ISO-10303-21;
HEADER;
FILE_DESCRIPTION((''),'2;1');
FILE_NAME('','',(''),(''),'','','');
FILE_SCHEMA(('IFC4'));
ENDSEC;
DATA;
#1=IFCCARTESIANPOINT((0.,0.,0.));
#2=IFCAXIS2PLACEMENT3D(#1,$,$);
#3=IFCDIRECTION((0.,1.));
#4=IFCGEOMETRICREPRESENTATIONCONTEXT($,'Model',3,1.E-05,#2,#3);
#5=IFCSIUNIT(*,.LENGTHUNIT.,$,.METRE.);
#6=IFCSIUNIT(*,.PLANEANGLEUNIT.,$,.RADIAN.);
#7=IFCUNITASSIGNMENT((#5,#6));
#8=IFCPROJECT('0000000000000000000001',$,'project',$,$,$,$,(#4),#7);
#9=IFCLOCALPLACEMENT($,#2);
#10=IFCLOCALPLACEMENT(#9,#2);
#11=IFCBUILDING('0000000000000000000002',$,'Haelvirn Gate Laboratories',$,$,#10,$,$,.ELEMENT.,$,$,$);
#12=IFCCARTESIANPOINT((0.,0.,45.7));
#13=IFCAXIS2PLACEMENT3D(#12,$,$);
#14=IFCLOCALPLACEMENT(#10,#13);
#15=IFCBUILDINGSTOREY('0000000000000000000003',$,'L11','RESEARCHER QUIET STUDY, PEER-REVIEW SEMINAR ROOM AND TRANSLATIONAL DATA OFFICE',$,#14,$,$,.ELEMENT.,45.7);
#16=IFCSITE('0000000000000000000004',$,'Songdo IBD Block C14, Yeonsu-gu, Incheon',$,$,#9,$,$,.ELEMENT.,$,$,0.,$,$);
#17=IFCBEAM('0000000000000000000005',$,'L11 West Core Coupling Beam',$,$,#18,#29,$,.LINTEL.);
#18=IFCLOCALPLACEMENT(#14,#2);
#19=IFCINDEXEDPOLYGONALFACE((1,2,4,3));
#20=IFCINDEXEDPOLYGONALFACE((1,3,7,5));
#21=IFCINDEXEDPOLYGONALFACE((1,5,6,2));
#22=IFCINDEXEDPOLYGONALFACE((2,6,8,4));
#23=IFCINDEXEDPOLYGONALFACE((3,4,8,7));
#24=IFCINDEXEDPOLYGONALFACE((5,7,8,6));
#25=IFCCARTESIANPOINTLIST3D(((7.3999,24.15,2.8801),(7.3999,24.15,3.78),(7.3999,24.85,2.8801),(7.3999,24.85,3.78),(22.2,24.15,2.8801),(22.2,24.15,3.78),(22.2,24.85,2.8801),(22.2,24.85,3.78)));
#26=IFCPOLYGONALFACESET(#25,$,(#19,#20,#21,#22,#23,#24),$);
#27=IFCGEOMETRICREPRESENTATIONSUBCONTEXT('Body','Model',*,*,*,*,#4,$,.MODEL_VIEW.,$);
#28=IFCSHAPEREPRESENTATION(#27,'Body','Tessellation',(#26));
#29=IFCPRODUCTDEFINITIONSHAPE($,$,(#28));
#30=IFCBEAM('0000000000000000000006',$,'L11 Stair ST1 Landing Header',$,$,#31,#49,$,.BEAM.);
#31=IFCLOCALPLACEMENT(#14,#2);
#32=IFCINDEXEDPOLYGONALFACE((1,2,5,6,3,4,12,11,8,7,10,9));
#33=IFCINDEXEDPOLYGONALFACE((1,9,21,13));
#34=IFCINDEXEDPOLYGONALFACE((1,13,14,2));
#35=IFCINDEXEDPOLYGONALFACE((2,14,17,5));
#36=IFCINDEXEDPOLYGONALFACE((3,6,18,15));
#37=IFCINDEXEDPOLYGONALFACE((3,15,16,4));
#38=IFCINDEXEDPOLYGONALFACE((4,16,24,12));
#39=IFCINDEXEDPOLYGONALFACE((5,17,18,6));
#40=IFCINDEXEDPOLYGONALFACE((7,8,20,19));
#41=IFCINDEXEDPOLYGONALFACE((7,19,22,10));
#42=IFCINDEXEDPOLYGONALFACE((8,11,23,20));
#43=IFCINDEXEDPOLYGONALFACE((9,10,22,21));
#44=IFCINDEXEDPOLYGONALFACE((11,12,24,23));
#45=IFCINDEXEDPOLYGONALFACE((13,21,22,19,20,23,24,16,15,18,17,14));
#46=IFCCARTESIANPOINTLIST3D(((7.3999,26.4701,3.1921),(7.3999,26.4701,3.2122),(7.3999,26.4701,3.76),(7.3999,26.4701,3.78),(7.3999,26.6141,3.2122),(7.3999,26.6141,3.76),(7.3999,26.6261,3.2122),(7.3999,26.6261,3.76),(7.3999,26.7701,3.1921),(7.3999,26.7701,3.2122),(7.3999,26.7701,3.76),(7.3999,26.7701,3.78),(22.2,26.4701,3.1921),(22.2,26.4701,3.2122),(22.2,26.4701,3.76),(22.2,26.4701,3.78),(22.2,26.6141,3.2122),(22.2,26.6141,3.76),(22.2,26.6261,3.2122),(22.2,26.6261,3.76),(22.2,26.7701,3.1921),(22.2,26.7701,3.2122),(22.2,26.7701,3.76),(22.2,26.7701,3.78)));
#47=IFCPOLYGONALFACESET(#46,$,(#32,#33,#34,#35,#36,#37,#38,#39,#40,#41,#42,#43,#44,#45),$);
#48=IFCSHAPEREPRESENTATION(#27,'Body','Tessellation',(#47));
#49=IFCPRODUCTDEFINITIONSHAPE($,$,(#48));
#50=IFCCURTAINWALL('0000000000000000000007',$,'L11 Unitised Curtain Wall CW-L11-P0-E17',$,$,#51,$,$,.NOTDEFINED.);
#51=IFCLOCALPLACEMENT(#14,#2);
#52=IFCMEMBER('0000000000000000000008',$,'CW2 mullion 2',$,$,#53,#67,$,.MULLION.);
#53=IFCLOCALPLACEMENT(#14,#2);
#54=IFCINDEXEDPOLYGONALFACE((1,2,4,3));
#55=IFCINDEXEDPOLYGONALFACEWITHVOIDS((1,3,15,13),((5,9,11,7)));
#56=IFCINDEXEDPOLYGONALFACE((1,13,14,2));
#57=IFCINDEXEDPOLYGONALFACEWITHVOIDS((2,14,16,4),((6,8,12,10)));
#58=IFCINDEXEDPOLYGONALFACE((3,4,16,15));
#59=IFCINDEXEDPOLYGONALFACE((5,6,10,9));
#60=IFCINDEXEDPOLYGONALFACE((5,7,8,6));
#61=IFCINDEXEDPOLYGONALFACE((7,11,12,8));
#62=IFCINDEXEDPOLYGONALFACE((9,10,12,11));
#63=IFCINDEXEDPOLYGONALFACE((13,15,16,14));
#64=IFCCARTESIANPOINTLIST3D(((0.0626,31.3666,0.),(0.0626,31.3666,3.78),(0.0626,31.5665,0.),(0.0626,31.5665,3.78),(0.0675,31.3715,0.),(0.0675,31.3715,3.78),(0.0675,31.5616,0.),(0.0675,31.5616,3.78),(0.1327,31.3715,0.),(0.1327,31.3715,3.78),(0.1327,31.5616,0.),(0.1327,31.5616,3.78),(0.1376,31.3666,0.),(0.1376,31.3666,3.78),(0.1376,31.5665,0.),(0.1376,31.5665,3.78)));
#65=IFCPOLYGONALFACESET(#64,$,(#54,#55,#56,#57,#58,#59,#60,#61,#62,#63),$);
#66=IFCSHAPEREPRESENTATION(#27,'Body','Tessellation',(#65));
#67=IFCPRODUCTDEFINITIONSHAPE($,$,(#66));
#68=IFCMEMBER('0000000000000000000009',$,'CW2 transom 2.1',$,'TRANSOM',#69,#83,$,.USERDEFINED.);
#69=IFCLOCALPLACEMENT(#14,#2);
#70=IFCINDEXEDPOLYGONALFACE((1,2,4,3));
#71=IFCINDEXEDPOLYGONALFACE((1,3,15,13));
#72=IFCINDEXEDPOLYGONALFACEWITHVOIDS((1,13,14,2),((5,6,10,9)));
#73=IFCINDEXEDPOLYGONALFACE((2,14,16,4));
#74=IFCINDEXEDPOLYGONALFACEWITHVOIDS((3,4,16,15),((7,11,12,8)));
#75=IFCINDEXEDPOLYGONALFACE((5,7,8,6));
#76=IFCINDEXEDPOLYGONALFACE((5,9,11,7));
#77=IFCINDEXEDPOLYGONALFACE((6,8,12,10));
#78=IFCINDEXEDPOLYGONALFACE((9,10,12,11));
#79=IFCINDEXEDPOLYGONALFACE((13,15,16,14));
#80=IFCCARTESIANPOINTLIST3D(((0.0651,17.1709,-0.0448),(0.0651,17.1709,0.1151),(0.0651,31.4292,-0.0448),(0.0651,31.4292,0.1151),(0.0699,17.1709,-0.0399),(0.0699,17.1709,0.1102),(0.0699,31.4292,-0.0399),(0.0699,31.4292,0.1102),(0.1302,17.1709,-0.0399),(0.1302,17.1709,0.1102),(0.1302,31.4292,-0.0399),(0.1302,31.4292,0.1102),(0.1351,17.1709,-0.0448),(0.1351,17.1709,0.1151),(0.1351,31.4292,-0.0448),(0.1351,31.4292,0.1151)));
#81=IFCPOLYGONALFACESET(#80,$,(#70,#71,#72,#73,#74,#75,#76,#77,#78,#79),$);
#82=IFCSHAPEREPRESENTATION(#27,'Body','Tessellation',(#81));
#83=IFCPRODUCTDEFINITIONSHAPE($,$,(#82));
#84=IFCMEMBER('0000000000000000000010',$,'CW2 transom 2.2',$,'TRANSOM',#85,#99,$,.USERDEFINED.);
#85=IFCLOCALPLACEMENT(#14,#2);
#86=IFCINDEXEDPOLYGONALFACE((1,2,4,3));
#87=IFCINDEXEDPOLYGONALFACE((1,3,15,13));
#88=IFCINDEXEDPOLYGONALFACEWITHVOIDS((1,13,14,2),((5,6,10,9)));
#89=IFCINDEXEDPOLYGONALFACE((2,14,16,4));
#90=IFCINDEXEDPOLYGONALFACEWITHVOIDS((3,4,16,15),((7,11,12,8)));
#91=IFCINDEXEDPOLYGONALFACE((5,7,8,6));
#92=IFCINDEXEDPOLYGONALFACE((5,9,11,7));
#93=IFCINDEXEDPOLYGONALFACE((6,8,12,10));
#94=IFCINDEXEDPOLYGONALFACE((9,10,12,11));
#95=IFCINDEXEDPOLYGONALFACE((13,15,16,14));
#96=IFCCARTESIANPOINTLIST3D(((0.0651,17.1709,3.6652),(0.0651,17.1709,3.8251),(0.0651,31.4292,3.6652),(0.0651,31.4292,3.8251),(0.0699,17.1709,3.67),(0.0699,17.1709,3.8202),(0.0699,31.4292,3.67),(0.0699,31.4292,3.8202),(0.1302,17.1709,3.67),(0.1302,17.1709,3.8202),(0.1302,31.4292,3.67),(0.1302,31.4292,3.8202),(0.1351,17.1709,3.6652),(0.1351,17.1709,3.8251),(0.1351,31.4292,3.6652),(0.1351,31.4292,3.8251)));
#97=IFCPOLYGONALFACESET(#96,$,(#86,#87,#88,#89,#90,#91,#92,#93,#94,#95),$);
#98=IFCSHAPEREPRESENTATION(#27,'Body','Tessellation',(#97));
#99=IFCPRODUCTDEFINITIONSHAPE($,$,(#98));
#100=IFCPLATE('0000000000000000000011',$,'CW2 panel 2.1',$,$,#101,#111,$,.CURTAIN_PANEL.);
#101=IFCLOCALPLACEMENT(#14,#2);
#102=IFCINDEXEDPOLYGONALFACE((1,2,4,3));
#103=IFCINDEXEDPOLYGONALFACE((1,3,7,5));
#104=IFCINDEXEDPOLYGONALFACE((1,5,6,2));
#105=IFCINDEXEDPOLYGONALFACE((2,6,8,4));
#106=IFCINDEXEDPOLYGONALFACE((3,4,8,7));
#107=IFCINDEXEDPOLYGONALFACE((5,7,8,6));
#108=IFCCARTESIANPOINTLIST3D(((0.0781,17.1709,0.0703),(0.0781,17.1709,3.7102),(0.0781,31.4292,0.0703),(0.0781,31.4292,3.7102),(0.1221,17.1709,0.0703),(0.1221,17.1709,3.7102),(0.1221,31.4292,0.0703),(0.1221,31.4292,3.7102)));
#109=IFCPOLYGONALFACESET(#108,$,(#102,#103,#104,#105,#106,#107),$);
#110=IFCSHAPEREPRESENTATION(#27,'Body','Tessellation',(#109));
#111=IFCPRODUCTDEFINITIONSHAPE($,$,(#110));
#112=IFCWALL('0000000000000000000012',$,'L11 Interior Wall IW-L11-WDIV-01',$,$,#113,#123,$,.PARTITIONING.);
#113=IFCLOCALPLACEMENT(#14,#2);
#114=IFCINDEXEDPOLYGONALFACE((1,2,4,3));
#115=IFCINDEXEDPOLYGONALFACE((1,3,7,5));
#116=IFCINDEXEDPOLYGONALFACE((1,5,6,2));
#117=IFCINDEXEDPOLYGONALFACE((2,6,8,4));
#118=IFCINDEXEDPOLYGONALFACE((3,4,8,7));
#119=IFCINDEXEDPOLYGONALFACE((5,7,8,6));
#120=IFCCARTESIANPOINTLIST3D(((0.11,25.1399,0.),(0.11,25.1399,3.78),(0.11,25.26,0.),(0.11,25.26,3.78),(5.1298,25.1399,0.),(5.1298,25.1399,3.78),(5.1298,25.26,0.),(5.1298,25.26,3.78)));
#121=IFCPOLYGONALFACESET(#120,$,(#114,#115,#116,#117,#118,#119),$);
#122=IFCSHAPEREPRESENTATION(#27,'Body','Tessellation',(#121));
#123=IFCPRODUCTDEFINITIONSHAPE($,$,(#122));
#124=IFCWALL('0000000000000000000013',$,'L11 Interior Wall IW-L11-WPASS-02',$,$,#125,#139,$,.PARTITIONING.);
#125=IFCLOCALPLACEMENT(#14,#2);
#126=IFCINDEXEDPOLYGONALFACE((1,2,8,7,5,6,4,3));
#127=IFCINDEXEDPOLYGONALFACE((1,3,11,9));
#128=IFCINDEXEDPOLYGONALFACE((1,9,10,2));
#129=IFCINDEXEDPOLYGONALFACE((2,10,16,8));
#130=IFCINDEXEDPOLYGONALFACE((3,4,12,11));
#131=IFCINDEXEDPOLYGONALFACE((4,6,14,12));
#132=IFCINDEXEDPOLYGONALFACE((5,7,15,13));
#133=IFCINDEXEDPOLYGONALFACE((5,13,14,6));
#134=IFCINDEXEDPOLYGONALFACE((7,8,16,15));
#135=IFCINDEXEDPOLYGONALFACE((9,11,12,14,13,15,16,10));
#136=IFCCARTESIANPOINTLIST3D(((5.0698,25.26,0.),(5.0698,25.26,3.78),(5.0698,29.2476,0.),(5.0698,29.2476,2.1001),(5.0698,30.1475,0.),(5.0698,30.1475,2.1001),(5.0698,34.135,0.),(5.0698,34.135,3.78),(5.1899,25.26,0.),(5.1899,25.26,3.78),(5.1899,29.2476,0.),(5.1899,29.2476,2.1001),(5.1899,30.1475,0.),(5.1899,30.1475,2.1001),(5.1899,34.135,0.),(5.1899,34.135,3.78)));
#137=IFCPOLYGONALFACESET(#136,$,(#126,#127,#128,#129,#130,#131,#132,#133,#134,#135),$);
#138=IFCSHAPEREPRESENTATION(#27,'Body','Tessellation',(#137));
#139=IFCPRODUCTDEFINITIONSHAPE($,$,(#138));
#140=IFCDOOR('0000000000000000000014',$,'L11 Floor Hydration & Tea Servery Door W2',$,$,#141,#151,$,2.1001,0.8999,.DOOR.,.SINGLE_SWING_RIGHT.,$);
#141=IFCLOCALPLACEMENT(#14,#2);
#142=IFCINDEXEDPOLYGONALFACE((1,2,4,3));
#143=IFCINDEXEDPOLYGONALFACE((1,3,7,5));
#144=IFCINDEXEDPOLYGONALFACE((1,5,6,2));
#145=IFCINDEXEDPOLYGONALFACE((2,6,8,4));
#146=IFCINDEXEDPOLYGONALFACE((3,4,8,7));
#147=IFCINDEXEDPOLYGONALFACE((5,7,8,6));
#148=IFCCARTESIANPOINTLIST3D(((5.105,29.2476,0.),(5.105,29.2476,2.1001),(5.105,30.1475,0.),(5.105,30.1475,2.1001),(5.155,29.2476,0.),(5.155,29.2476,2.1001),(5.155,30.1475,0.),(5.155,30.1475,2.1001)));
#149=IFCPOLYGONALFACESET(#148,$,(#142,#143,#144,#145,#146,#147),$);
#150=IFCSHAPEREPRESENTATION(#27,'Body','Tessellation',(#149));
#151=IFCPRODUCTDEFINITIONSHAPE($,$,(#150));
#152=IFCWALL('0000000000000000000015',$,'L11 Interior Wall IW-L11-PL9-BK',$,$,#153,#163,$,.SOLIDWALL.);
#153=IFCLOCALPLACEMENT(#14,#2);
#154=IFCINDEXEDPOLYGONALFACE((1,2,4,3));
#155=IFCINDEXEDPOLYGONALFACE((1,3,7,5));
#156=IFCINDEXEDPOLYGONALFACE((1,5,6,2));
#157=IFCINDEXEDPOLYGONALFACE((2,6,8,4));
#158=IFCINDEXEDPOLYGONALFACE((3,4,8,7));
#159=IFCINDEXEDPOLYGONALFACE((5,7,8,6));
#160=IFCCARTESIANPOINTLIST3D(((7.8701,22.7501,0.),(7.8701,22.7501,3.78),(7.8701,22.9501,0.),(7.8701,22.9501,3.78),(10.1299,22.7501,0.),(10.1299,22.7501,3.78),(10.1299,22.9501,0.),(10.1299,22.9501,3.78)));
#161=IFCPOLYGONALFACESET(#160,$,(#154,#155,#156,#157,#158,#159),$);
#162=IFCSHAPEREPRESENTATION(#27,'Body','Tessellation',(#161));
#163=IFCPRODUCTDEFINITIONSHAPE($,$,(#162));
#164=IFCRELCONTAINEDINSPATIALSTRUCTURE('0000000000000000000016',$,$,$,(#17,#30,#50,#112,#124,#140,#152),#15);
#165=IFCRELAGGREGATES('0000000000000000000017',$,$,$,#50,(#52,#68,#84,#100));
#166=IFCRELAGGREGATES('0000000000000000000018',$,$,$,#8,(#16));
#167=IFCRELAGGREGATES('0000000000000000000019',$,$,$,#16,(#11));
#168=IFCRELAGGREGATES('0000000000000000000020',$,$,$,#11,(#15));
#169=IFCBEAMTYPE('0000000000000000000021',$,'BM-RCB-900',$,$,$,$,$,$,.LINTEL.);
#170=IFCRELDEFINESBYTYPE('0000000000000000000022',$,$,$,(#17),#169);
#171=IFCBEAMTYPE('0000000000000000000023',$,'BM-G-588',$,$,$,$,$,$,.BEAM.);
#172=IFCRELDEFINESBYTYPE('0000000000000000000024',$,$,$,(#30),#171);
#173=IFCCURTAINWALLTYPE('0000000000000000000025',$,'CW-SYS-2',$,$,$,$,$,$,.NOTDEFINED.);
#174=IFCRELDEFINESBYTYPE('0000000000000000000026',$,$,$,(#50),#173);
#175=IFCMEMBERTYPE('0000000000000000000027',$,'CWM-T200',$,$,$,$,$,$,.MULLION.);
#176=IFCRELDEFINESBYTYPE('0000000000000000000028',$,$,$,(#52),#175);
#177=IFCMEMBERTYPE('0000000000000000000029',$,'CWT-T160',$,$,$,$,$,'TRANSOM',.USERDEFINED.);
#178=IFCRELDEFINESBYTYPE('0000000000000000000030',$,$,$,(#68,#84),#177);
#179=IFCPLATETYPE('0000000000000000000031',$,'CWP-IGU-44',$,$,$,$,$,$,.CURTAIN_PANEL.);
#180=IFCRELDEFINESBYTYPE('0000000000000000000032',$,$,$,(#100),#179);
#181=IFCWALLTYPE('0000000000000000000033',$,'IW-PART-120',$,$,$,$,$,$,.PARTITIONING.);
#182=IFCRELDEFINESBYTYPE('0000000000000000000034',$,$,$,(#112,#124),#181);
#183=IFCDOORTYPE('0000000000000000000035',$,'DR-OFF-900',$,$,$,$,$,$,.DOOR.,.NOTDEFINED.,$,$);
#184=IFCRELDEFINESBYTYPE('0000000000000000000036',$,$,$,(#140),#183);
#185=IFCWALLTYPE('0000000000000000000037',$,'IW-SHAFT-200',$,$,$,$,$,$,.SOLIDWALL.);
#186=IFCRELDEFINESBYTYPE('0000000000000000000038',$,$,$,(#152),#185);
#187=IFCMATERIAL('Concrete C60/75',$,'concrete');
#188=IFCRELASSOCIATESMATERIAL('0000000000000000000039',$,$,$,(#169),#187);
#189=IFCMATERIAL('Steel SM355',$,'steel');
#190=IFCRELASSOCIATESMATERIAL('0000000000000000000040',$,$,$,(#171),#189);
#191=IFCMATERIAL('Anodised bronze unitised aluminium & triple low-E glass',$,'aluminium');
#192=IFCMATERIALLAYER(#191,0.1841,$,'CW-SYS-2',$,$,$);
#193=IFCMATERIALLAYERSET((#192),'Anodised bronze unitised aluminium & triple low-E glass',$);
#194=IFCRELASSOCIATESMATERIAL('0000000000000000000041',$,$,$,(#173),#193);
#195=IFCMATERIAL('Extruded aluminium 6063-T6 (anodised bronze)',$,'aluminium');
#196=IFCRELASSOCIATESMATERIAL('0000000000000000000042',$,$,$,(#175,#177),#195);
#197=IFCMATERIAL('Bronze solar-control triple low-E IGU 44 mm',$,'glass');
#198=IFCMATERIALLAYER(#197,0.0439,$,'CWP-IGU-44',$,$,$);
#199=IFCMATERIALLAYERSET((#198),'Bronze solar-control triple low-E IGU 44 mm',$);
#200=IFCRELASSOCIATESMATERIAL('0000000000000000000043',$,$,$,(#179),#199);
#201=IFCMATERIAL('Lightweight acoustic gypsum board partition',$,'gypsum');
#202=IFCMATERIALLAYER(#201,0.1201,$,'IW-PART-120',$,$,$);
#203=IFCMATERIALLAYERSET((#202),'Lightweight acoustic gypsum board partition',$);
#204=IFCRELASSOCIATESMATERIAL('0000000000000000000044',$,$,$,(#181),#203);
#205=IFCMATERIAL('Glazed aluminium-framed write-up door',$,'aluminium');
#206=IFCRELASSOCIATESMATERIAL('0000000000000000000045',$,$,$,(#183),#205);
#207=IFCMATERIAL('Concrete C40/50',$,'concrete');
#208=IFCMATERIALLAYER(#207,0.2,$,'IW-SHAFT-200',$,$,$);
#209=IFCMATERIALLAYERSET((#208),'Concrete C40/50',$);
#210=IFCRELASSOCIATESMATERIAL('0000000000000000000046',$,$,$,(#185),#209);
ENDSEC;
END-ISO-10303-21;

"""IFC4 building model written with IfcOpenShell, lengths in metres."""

from ifc_helpers import new_model, si_unit, direction, frame, frame_2d, origin, origin_2d, place, context, subcontext, project, spatial, rectangle, hollow_rectangle, i_section, extrude, source, transform, mapped, material, layer, layer_set, material_profile, profile_set, type_object, type_shapes, element, fill, aggregate, save


model = new_model("IFC4")

# Units and contexts
model_context = context("Model", 3, precision=1e-05, world=origin(), true_north=direction((0.0, 1.0)))
body_context = subcontext(model_context, "Body", "Model", "MODEL_VIEW")
ifc_project = project(units=[si_unit("LENGTHUNIT", "METRE"), si_unit("PLANEANGLEUNIT", "RADIAN")], contexts=[model_context])

# Site, building, storey
site_placement = place(None, origin())
site = spatial("IfcSite", under=ifc_project, at=site_placement, Name="Songdo IBD Block C14, Yeonsu-gu, Incheon", CompositionType="ELEMENT", RefElevation=0.0)
building_placement = place(site_placement, origin())
building = spatial("IfcBuilding", under=site, at=building_placement, Name="Haelvirn Gate Laboratories", CompositionType="ELEMENT")
storey_placement = place(building_placement, frame((0.0, 0.0, 45.7)))
storey = spatial("IfcBuildingStorey", under=building, at=storey_placement, Name="L11", Description="RESEARCHER QUIET STUDY, PEER-REVIEW SEMINAR ROOM AND TRANSLATIONAL DATA OFFICE", CompositionType="ELEMENT", Elevation=45.7)

# Beams
ifc_material_1 = material(Name="Concrete C60/75", Category="concrete")
ifc_material_profile_1 = material_profile(ifc_material_1, rectangle(XDim=0.7, YDim=0.8999, at=origin_2d()), Name="RCB-700x900")
ifc_profile_set_1 = profile_set([ifc_material_profile_1], Name="Concrete C60/75")
beam_type_1 = type_object("IfcBeamType", Name="BM-RCB-900", PredefinedType="LINTEL", material=ifc_profile_set_1)
shared_shape_1 = source(origin(), body_context, "Body", "SweptSolid", [
    extrude(rectangle(XDim=0.7, YDim=0.8999, at=origin_2d()), origin(), (0.0, 0.0, 1.0), 14.8),
])
type_shapes(beam_type_1, [shared_shape_1])
beam_1_placement = place(storey_placement, frame((7.3999, 24.5, 3.3301), z_axis=(1.0, 0.0, 0.0), x_axis=(0.0, 1.0, 0.0)))
element("IfcBeam", 1, at=beam_1_placement, inside=storey, type_object=beam_type_1, Name="L11 West Core Coupling Beam", PredefinedType="LINTEL", context=body_context, shape_type="MappedRepresentation", body=[
    mapped(shared_shape_1, transform((0.0, 0.0, 0.0), scale=1.0)),
])
ifc_material_2 = material(Name="Steel SM355", Category="steel")
ifc_material_profile_2 = material_profile(ifc_material_2, i_section(OverallWidth=0.3, OverallDepth=0.5879, WebThickness=0.012, FlangeThickness=0.02, at=origin_2d()), Name="H-588x300x12x20")
ifc_profile_set_2 = profile_set([ifc_material_profile_2], Name="Steel SM355")
beam_type_2 = type_object("IfcBeamType", Name="BM-G-588", PredefinedType="BEAM", material=ifc_profile_set_2)
shared_shape_2 = source(origin(), body_context, "Body", "SweptSolid", [
    extrude(i_section(OverallWidth=0.3, OverallDepth=0.5879, WebThickness=0.012, FlangeThickness=0.02, at=origin_2d()), origin(), (0.0, 0.0, 1.0), 14.8),
])
type_shapes(beam_type_2, [shared_shape_2])
beam_2_placement = place(storey_placement, frame((7.3999, 26.6201, 3.4861), z_axis=(1.0, 0.0, 0.0), x_axis=(0.0, 1.0, 0.0)))
element("IfcBeam", 2, at=beam_2_placement, inside=storey, type_object=beam_type_2, Name="L11 Stair ST1 Landing Header", PredefinedType="BEAM", context=body_context, shape_type="MappedRepresentation", body=[
    mapped(shared_shape_2, transform((0.0, 0.0, 0.0), scale=1.0)),
])

# Curtain wall, members, plate
ifc_material_3 = material(Name="Anodised bronze unitised aluminium & triple low-E glass", Category="aluminium")
ifc_layer_1 = layer(ifc_material_3, 0.1841, Name="CW-SYS-2")
ifc_layer_set_1 = layer_set([ifc_layer_1], Name="Anodised bronze unitised aluminium & triple low-E glass")
curtain_wall_type = type_object("IfcCurtainWallType", Name="CW-SYS-2", PredefinedType="NOTDEFINED", material=ifc_layer_set_1)
curtain_wall_placement = place(storey_placement, origin())
curtain_wall = element("IfcCurtainWall", 3, at=curtain_wall_placement, inside=storey, type_object=curtain_wall_type, Name="L11 Unitised Curtain Wall CW-L11-P0-E17", PredefinedType="NOTDEFINED")
ifc_material_4 = material(Name="Extruded aluminium 6063-T6 (anodised bronze)", Category="aluminium")
ifc_material_profile_3 = material_profile(ifc_material_4, hollow_rectangle(XDim=0.075, YDim=0.2, WallThickness=0.0049, at=origin_2d()), Name="CWM-200x75x5")
ifc_profile_set_3 = profile_set([ifc_material_profile_3], Name="Extruded aluminium 6063-T6 (anodised bronze)")
member_type_1 = type_object("IfcMemberType", Name="CWM-T200", PredefinedType="MULLION", material=ifc_profile_set_3)
shared_shape_3 = source(origin(), body_context, "Body", "SweptSolid", [
    extrude(hollow_rectangle(XDim=0.075, YDim=0.2, WallThickness=0.0049, at=origin_2d()), origin(), (0.0, 0.0, 1.0), 3.78),
])
type_shapes(member_type_1, [shared_shape_3])
member_1_placement = place(storey_placement, frame((0.1001, 31.4666, 0.0), z_axis=(0.0, 0.0, 1.0), x_axis=(1.0, 0.0, 0.0)))
member_1 = element("IfcMember", 4, at=member_1_placement, type_object=member_type_1, Name="CW2 mullion 2", PredefinedType="MULLION", context=body_context, shape_type="MappedRepresentation", body=[
    mapped(shared_shape_3, transform((0.0, 0.0, 0.0), scale=1.0)),
])
ifc_material_profile_4 = material_profile(ifc_material_4, hollow_rectangle(XDim=0.0701, YDim=0.1599, WallThickness=0.0049, at=origin_2d()), Name="CWT-160x70x5")
ifc_profile_set_4 = profile_set([ifc_material_profile_4], Name="Extruded aluminium 6063-T6 (anodised bronze)")
member_type_2 = type_object("IfcMemberType", Name="CWT-T160", ElementType="TRANSOM", PredefinedType="USERDEFINED", material=ifc_profile_set_4)
shared_shape_4 = source(origin(), body_context, "Body", "SweptSolid", [
    extrude(hollow_rectangle(XDim=0.0701, YDim=0.1599, WallThickness=0.0049, at=origin_2d()), origin(), (0.0, 0.0, 1.0), 14.2583),
])
type_shapes(member_type_2, [shared_shape_4])
member_2_placement = place(storey_placement, frame((0.1001, 31.4292, 0.0352), z_axis=(0.0, -1.0, 0.0), x_axis=(1.0, 0.0, 0.0)))
member_2 = element("IfcMember", 5, at=member_2_placement, type_object=member_type_2, Name="CW2 transom 2.1", ObjectType="TRANSOM", PredefinedType="USERDEFINED", context=body_context, shape_type="MappedRepresentation", body=[
    mapped(shared_shape_4, transform((0.0, 0.0, 0.0), scale=1.0)),
])
member_3_placement = place(storey_placement, frame((0.1001, 31.4292, 3.7451), z_axis=(0.0, -1.0, 0.0), x_axis=(1.0, 0.0, 0.0)))
member_3 = element("IfcMember", 6, at=member_3_placement, type_object=member_type_2, Name="CW2 transom 2.2", ObjectType="TRANSOM", PredefinedType="USERDEFINED", context=body_context, shape_type="MappedRepresentation", body=[
    mapped(shared_shape_4, transform((0.0, 0.0, 0.0), scale=1.0)),
])
ifc_material_5 = material(Name="Bronze solar-control triple low-E IGU 44 mm", Category="glass")
ifc_layer_2 = layer(ifc_material_5, 0.0439, Name="CWP-IGU-44")
ifc_layer_set_2 = layer_set([ifc_layer_2], Name="Bronze solar-control triple low-E IGU 44 mm")
plate_type = type_object("IfcPlateType", Name="CWP-IGU-44", PredefinedType="CURTAIN_PANEL", material=ifc_layer_set_2)
shared_shape_5 = source(origin(), body_context, "Body", "SweptSolid", [
    extrude(rectangle(XDim=14.2583, YDim=0.0439, at=origin_2d()), origin(), (0.0, 0.0, 1.0), 3.6399),
])
type_shapes(plate_type, [shared_shape_5])
plate_placement = place(storey_placement, frame((0.1001, 24.3, 0.0703), z_axis=(0.0, 0.0, 1.0), x_axis=(0.0, -1.0, 0.0)))
plate = element("IfcPlate", 7, at=plate_placement, type_object=plate_type, Name="CW2 panel 2.1", PredefinedType="CURTAIN_PANEL", context=body_context, shape_type="MappedRepresentation", body=[
    mapped(shared_shape_5, transform((0.0, 0.0, 0.0), scale=1.0)),
])
aggregate(curtain_wall, [member_1, member_2, member_3, plate])

# Wall
ifc_material_6 = material(Name="Lightweight acoustic gypsum board partition", Category="gypsum")
ifc_layer_3 = layer(ifc_material_6, 0.1201, Name="IW-PART-120")
ifc_layer_set_3 = layer_set([ifc_layer_3], Name="Lightweight acoustic gypsum board partition")
wall_type_1 = type_object("IfcWallType", Name="IW-PART-120", PredefinedType="PARTITIONING", material=ifc_layer_set_3)
wall_1_placement = place(storey_placement, frame((0.1101, 25.2, 0.0), z_axis=(0.0, 0.0, 1.0), x_axis=(1.0, 0.0, 0.0)))
element("IfcWall", 8, at=wall_1_placement, inside=storey, type_object=wall_type_1, Name="L11 Interior Wall IW-L11-WDIV-01", PredefinedType="PARTITIONING", context=body_context, shape_type="SweptSolid", body=[
    extrude(rectangle(XDim=5.0198, YDim=0.1201, at=frame_2d((2.5098, 0.0))), origin(), (0.0, 0.0, 1.0), 3.78),
])

# Wall, opening, door
wall_2_placement = place(storey_placement, frame((5.1299, 25.26, 0.0), z_axis=(0.0, 0.0, 1.0), x_axis=(0.0, 1.0, 0.0)))
wall_2 = element("IfcWall", 9, at=wall_2_placement, inside=storey, type_object=wall_type_1, Name="L11 Interior Wall IW-L11-WPASS-02", PredefinedType="PARTITIONING", context=body_context, shape_type="SweptSolid", body=[
    extrude(rectangle(XDim=8.875, YDim=0.1201, at=frame_2d((4.4375, 0.0))), origin(), (0.0, 0.0, 1.0), 3.78),
])
opening_1_placement = place(wall_2_placement, frame((3.9875, 0.0, 0.0)))
opening_1 = element("IfcOpeningElement", 10, at=opening_1_placement, cuts=wall_2, PredefinedType="OPENING", context=body_context, shape_type="SweptSolid", body=[
    extrude(rectangle(XDim=0.8999, YDim=2.1001, at=frame_2d((0.45, 1.05))), frame((0.0, 0.0701, 0.0), z_axis=(0.0, -1.0, 0.0), x_axis=(1.0, 0.0, 0.0)), (0.0, 0.0, 1.0), 0.1401),
])
ifc_material_7 = material(Name="Glazed aluminium-framed write-up door", Category="aluminium")
door_type_1 = type_object("IfcDoorType", Name="DR-OFF-900", OperationType="NOTDEFINED", PredefinedType="DOOR", material=ifc_material_7)
shared_shape_6 = source(origin(), body_context, "Body", "SweptSolid", [
    extrude(rectangle(XDim=0.8999, YDim=2.1001, at=frame_2d((0.45, 1.05))), frame((0.0, 0.0249, 0.0), z_axis=(0.0, -1.0, 0.0), x_axis=(1.0, 0.0, 0.0)), (0.0, 0.0, 1.0), 0.05),
])
type_shapes(door_type_1, [shared_shape_6])
door_1_placement = place(opening_1_placement, origin())
door_1 = element("IfcDoor", 11, at=door_1_placement, inside=storey, type_object=door_type_1, Name="L11 Floor Hydration & Tea Servery Door W2", OperationType="SINGLE_SWING_RIGHT", OverallHeight=2.1001, OverallWidth=0.8999, PredefinedType="DOOR", context=body_context, shape_type="MappedRepresentation", body=[
    mapped(shared_shape_6, transform((0.0, 0.0, 0.0), scale=1.0)),
])
fill(opening_1, door_1)

# Wall
ifc_material_8 = material(Name="Concrete C40/50", Category="concrete")
ifc_layer_4 = layer(ifc_material_8, 0.2, Name="IW-SHAFT-200")
ifc_layer_set_4 = layer_set([ifc_layer_4], Name="Concrete C40/50")
wall_type_2 = type_object("IfcWallType", Name="IW-SHAFT-200", PredefinedType="SOLIDWALL", material=ifc_layer_set_4)
wall_3_placement = place(storey_placement, frame((7.8701, 22.8501, 0.0), z_axis=(0.0, 0.0, 1.0), x_axis=(1.0, 0.0, 0.0)))
element("IfcWall", 12, at=wall_3_placement, inside=storey, type_object=wall_type_2, Name="L11 Interior Wall IW-L11-PL9-BK", PredefinedType="SOLIDWALL", context=body_context, shape_type="SweptSolid", body=[
    extrude(rectangle(XDim=2.2598, YDim=0.2, at=frame_2d((1.1299, 0.0))), origin(), (0.0, 0.0, 1.0), 3.78),
])

save(model, "model.ifc")
